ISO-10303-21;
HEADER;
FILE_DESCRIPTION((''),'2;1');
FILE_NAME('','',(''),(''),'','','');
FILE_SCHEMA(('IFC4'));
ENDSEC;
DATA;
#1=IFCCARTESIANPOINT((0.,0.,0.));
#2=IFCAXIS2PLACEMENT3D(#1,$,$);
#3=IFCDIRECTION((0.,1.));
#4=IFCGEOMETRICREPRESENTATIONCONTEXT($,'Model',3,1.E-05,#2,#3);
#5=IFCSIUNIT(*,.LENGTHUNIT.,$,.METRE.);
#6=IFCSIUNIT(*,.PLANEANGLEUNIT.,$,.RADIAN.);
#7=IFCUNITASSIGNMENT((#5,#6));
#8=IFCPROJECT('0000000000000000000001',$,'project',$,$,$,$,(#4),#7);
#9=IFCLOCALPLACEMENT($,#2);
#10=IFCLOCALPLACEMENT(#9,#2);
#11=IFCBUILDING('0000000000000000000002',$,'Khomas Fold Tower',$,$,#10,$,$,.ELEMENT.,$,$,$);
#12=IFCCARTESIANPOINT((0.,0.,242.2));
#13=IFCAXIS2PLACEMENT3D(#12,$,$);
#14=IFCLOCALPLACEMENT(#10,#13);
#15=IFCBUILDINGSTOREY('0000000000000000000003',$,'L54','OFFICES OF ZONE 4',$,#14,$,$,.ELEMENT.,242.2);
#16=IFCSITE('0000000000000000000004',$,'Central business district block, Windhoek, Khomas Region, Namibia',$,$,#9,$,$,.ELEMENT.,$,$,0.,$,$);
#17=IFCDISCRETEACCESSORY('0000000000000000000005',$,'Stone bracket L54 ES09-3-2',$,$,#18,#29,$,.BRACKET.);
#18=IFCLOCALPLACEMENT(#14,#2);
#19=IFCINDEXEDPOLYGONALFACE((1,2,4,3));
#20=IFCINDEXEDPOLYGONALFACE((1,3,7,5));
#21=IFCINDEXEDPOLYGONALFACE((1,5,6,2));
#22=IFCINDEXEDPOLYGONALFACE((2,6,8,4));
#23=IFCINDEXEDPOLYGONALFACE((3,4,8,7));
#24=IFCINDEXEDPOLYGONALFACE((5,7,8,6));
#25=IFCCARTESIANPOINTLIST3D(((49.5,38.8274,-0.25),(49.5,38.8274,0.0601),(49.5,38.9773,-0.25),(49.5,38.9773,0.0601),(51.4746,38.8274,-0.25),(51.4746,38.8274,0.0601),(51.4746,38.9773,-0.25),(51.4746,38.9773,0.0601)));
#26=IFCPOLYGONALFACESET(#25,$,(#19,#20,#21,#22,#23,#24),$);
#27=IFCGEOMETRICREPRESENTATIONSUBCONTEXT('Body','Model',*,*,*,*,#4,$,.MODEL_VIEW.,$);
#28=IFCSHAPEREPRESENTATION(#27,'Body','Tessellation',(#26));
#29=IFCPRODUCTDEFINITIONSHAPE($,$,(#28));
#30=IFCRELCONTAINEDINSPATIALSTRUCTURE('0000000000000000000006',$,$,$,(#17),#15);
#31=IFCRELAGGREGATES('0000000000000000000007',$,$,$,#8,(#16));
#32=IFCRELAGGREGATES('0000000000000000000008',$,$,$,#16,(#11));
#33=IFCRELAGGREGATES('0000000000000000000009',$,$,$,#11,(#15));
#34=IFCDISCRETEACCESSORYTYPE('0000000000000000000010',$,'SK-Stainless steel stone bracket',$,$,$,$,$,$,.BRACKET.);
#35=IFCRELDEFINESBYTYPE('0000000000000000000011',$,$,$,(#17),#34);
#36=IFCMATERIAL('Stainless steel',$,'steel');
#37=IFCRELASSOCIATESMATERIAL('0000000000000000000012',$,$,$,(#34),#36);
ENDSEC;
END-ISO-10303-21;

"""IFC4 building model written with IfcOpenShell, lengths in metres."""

from ifc_helpers import new_model, si_unit, direction, frame, origin, origin_2d, place, context, subcontext, project, spatial, rectangle, extrude, source, transform, mapped, material, type_object, element, save


model = new_model("IFC4")

# Units and contexts
model_context = context("Model", 3, precision=1e-05, world=origin(), true_north=direction((0.0, 1.0)))
body_context = subcontext(model_context, "Body", "Model", "MODEL_VIEW")
ifc_project = project(units=[si_unit("LENGTHUNIT", "METRE"), si_unit("PLANEANGLEUNIT", "RADIAN")], contexts=[model_context])

# Site, building, storey
site_placement = place(None, origin())
site = spatial("IfcSite", under=ifc_project, at=site_placement, Name="Central business district block, Windhoek, Khomas Region, Namibia", CompositionType="ELEMENT", RefElevation=0.0)
building_placement = place(site_placement, origin())
building = spatial("IfcBuilding", under=site, at=building_placement, Name="Khomas Fold Tower", CompositionType="ELEMENT")
storey_placement = place(building_placement, frame((0.0, 0.0, 242.2)))
storey = spatial("IfcBuildingStorey", under=building, at=storey_placement, Name="L54", Description="OFFICES OF ZONE 4", CompositionType="ELEMENT", Elevation=242.2)

# Discrete accessory
ifc_material_1 = material(Name="Stainless steel", Category="steel")
discrete_accessory_type = type_object("IfcDiscreteAccessoryType", Name="SK-Stainless steel stone bracket", PredefinedType="BRACKET", material=ifc_material_1)
shared_shape_1 = source(origin(), body_context, "Body", "SweptSolid", [
    extrude(rectangle(XDim=1.9746, YDim=0.1499, at=origin_2d()), origin(), (0.0, 0.0, 1.0), 0.3101),
])
discrete_accessory_placement = place(storey_placement, frame((50.4873, 38.9023, -0.25), z_axis=(0.0, 0.0, 1.0), x_axis=(1.0, 0.0, 0.0)))
element("IfcDiscreteAccessory", 1, at=discrete_accessory_placement, inside=storey, type_object=discrete_accessory_type, Name="Stone bracket L54 ES09-3-2", PredefinedType="BRACKET", context=body_context, shape_type="MappedRepresentation", body=[
    mapped(shared_shape_1, transform((0.0, 0.0, 0.0))),
])

save(model, "model.ifc")
